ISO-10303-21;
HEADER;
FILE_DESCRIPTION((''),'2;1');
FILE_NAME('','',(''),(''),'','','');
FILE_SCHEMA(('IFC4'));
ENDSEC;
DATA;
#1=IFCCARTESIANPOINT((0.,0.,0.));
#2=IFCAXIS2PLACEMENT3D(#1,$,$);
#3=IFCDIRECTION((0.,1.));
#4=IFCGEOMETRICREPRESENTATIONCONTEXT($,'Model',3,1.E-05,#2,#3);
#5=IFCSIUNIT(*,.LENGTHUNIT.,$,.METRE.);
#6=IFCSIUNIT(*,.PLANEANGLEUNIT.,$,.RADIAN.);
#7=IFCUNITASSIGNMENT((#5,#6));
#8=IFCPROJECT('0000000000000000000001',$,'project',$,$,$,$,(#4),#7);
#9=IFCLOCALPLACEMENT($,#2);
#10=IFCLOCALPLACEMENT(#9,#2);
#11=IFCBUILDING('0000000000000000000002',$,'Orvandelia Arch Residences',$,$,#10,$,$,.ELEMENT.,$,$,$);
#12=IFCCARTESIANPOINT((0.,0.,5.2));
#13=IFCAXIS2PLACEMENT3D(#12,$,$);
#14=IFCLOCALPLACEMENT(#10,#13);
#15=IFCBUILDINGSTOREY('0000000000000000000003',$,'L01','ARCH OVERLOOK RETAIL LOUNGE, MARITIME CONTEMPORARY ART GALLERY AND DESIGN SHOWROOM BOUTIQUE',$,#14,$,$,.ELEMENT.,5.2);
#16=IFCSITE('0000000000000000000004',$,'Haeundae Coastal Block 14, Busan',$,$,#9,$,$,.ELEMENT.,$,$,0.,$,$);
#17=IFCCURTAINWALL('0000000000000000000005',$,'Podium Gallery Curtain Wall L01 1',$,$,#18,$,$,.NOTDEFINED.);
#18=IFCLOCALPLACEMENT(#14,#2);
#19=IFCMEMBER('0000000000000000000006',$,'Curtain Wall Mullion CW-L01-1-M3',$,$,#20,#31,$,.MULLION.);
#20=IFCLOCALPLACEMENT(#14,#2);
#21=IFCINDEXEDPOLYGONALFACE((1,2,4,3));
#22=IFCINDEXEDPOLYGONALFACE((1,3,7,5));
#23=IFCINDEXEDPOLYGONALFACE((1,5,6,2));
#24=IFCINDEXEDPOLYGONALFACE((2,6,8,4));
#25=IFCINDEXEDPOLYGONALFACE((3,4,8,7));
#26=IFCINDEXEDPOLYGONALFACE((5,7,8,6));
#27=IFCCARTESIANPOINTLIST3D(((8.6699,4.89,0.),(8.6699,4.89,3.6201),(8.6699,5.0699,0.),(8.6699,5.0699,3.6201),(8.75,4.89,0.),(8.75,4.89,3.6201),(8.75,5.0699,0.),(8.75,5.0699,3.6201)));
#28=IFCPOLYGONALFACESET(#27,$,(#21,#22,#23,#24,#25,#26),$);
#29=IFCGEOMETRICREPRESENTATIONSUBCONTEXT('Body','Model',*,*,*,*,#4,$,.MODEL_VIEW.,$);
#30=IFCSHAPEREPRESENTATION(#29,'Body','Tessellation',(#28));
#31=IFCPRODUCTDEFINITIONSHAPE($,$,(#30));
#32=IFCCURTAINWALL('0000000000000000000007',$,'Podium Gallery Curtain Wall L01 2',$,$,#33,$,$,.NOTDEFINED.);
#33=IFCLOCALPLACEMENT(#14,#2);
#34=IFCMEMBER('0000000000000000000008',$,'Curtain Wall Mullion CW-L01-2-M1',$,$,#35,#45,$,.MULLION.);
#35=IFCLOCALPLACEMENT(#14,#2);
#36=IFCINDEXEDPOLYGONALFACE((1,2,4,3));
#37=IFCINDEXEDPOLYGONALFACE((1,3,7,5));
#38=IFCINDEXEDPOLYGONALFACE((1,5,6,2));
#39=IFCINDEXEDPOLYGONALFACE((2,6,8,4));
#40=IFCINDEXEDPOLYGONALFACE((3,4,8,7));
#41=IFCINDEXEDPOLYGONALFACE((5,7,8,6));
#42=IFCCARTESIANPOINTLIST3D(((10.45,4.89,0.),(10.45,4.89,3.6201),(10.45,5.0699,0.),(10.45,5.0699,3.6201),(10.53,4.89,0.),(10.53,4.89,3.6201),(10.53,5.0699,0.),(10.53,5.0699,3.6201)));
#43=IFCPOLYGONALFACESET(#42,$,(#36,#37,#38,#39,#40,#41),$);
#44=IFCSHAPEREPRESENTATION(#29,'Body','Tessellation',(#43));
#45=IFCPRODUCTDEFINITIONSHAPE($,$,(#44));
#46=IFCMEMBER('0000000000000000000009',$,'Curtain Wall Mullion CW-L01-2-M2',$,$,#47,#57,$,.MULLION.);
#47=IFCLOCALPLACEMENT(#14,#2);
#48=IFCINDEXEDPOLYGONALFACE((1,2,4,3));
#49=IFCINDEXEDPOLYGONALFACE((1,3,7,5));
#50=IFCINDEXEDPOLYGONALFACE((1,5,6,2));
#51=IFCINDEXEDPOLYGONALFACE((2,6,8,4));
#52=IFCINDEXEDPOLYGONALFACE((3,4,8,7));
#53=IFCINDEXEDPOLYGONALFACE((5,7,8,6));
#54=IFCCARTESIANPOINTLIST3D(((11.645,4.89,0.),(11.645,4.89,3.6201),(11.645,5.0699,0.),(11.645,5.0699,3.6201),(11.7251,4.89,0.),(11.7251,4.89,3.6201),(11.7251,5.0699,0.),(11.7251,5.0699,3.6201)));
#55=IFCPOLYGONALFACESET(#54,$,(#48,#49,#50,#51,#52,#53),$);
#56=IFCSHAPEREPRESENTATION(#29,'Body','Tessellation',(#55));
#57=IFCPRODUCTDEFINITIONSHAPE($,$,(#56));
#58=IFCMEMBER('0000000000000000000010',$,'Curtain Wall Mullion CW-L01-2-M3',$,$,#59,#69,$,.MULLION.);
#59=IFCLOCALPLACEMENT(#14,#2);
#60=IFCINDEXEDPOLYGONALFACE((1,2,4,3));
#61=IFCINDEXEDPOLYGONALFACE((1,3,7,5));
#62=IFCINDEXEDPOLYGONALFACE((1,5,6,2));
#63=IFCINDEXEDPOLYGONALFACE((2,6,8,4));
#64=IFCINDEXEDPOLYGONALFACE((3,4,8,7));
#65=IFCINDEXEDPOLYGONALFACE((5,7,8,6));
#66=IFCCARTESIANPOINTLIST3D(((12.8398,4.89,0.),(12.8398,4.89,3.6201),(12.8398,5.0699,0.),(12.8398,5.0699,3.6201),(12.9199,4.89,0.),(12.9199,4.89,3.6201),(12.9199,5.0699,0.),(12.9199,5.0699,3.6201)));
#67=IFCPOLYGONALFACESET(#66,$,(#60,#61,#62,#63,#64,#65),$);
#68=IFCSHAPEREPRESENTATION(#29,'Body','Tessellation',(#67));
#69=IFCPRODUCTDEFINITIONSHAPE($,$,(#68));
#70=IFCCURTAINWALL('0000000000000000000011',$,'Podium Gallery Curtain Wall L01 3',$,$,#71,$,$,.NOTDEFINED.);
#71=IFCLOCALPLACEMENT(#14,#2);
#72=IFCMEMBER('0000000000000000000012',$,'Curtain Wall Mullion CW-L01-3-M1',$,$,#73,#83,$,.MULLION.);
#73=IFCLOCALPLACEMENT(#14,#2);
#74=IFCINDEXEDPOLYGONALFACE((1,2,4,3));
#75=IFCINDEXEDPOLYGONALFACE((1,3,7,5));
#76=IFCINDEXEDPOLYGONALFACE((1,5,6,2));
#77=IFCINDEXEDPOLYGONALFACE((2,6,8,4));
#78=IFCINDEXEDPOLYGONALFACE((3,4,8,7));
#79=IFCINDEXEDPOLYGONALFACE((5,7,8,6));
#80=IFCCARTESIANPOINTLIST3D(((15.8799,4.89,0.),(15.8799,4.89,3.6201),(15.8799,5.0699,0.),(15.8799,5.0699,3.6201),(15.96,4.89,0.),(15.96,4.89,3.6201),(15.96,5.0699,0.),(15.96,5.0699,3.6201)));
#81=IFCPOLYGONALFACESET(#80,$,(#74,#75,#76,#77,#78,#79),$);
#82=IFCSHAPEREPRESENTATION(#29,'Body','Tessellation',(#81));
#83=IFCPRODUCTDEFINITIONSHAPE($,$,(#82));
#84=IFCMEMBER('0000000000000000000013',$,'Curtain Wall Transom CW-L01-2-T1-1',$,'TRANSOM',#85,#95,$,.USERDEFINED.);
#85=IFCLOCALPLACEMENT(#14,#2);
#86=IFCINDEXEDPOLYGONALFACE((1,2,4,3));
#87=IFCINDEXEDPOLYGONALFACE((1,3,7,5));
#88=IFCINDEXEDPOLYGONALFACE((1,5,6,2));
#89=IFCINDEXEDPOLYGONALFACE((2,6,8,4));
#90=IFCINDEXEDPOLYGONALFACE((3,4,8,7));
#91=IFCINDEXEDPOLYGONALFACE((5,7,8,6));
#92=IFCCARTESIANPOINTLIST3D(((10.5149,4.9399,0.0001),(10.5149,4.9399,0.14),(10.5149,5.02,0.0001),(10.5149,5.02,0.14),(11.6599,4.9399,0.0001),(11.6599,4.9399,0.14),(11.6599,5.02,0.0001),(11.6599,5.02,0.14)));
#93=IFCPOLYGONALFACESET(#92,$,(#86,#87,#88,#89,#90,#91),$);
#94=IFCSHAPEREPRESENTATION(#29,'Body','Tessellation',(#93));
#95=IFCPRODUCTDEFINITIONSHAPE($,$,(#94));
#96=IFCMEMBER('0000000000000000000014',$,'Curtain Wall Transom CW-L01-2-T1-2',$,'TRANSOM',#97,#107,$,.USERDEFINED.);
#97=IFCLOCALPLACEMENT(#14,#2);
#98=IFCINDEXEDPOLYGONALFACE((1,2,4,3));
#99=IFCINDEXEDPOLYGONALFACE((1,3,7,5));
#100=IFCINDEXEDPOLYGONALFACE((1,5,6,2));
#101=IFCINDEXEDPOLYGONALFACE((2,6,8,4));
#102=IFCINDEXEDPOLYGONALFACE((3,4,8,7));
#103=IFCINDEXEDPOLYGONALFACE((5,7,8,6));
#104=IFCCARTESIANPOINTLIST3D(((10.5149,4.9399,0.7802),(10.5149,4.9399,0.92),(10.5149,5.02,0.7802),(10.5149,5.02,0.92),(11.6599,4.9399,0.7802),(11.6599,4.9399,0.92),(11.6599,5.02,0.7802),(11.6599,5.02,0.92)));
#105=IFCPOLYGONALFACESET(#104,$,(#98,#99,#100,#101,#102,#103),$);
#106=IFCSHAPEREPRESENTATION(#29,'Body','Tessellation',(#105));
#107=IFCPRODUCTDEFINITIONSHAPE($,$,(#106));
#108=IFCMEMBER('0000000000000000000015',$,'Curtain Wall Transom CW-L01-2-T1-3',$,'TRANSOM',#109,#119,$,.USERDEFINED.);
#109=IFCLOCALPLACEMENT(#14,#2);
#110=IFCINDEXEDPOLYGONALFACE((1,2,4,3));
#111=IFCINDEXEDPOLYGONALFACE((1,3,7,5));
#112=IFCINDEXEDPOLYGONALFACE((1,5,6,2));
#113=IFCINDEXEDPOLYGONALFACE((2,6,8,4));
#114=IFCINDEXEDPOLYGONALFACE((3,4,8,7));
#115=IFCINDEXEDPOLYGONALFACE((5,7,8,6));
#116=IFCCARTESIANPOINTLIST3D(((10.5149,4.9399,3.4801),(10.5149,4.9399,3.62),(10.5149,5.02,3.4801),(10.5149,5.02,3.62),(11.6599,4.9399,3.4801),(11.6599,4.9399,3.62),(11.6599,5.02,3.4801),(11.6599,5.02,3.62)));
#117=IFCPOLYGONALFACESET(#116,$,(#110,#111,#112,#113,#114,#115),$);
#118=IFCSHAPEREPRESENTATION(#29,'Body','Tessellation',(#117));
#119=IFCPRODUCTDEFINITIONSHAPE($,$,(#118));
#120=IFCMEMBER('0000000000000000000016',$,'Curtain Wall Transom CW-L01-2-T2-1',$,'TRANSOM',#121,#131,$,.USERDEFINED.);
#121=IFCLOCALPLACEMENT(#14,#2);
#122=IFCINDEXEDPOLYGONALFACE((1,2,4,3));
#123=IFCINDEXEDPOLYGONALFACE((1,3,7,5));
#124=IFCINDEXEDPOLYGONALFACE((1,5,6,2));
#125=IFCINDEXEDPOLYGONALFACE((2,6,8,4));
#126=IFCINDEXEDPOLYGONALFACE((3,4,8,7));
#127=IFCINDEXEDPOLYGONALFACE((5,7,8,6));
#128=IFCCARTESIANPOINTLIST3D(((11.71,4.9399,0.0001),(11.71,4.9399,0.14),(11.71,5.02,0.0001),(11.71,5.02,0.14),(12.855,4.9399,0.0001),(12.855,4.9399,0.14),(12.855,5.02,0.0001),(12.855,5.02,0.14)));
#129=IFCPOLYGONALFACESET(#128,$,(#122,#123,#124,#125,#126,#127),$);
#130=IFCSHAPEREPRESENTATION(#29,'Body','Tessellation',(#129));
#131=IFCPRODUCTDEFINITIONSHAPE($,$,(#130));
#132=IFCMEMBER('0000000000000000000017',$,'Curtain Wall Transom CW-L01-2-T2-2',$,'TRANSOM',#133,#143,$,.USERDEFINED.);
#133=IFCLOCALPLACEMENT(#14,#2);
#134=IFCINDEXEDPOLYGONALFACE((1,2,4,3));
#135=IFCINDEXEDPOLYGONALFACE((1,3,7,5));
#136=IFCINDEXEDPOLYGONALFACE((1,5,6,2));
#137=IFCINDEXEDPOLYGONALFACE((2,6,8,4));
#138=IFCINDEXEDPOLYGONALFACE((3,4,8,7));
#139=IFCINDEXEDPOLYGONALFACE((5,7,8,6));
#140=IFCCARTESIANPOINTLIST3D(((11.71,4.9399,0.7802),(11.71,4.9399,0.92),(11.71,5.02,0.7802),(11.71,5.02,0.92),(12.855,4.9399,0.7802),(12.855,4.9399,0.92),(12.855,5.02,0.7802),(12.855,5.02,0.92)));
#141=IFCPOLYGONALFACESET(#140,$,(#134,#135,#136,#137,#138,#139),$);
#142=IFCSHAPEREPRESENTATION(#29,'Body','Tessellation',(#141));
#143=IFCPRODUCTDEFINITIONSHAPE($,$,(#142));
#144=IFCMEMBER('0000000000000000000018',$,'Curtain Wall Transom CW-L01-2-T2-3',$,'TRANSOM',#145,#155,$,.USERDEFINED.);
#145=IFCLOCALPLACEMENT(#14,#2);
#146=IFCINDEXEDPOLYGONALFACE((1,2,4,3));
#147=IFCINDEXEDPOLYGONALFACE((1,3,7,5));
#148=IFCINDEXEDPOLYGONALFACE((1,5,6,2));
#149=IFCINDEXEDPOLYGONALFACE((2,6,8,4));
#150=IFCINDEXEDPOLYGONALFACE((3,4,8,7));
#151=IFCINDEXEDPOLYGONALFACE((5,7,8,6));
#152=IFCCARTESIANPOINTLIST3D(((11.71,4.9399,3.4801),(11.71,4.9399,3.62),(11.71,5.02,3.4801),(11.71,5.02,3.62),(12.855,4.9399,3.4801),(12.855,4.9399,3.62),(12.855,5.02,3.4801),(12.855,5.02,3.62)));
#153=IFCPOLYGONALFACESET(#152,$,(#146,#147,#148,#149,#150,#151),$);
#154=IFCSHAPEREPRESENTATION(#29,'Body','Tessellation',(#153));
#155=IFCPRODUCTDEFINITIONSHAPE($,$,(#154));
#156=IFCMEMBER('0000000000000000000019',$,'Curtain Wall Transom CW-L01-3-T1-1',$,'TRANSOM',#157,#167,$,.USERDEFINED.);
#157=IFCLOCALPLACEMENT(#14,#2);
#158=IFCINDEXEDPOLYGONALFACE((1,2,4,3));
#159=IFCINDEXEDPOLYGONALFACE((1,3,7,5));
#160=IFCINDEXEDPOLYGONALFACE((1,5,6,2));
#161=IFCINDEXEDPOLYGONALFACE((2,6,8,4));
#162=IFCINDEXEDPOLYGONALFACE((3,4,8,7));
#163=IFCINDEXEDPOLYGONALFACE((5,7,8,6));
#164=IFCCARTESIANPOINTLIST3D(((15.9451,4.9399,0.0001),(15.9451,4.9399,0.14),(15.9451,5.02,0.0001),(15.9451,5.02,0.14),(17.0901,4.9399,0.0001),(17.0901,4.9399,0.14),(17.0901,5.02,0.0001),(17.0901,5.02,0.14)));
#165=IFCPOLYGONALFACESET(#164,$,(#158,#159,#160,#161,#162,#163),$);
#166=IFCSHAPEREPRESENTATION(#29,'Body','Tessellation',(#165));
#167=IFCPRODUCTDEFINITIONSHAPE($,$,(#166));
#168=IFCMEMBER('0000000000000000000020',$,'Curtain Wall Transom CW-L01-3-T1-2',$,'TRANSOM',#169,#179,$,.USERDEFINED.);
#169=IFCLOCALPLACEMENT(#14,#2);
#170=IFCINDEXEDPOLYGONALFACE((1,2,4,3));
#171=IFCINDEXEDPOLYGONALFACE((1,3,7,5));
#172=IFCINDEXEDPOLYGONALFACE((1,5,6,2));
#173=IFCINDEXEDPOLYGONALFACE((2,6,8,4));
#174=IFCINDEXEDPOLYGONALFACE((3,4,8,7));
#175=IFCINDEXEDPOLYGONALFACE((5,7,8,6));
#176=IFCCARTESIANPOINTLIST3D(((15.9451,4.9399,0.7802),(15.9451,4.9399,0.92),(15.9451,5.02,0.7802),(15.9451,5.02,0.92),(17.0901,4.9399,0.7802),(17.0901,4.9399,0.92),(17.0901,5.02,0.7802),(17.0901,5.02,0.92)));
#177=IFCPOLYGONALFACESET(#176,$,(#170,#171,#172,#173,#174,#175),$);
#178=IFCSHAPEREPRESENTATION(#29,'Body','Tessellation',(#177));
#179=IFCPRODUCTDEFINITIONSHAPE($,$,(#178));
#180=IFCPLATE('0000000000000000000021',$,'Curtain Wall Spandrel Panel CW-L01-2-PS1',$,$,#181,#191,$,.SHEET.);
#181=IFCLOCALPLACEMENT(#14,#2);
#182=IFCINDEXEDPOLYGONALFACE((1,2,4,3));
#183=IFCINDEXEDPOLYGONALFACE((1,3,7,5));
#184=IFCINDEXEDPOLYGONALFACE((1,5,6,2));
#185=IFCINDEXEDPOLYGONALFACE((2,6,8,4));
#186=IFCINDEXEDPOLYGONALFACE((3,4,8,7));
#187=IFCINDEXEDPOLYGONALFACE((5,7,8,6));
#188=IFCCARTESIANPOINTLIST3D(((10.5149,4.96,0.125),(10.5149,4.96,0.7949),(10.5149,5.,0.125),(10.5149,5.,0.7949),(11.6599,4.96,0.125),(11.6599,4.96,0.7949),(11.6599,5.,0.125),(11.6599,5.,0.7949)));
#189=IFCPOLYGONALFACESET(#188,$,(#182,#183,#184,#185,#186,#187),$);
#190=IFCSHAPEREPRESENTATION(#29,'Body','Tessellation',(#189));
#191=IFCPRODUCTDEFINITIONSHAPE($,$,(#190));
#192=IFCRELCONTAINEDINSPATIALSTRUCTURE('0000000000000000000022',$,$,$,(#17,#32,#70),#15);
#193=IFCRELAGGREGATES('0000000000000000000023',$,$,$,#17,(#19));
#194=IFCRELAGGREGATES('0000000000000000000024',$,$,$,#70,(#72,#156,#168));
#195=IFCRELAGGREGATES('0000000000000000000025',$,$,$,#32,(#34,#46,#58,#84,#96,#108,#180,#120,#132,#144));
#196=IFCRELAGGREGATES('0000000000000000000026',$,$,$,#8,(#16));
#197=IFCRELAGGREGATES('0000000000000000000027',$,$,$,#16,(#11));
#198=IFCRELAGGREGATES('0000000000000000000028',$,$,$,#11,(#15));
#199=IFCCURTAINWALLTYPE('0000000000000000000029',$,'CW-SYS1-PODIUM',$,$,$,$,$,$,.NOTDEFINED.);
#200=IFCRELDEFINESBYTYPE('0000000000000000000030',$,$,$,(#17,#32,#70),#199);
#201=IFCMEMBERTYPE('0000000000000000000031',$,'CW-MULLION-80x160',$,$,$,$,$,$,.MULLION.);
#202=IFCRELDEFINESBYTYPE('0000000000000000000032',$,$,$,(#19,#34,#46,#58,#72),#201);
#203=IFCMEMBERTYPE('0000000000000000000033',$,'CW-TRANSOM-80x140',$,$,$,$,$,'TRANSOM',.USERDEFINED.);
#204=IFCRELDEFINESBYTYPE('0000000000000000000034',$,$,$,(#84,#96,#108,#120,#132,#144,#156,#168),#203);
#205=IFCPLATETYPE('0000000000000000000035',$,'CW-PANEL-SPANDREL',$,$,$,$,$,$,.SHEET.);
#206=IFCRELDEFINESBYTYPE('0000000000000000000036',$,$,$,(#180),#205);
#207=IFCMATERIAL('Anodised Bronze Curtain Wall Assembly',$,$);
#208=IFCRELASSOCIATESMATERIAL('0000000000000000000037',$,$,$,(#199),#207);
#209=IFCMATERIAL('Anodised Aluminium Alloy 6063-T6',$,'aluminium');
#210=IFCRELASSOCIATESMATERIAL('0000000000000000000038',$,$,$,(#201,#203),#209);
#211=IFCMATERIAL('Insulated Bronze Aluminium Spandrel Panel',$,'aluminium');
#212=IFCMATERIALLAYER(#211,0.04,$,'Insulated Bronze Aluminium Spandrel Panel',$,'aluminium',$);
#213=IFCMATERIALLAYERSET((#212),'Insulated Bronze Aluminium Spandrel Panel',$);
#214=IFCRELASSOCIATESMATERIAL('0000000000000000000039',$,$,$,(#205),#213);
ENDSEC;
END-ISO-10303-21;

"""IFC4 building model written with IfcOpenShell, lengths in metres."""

from ifc_helpers import new_model, si_unit, direction, frame, origin, origin_2d, place, context, subcontext, project, spatial, rectangle, extrude, material, layer, layer_set, material_profile, profile_set, type_object, element, aggregate, save


model = new_model("IFC4")

# Units and contexts
model_context = context("Model", 3, precision=1e-05, world=origin(), true_north=direction((0.0, 1.0)))
body_context = subcontext(model_context, "Body", "Model", "MODEL_VIEW")
ifc_project = project(units=[si_unit("LENGTHUNIT", "METRE"), si_unit("PLANEANGLEUNIT", "RADIAN")], contexts=[model_context])

# Site, building, storey
site_placement = place(None, origin())
site = spatial("IfcSite", under=ifc_project, at=site_placement, Name="Haeundae Coastal Block 14, Busan", CompositionType="ELEMENT", RefElevation=0.0)
building_placement = place(site_placement, origin())
building = spatial("IfcBuilding", under=site, at=building_placement, Name="Orvandelia Arch Residences", CompositionType="ELEMENT")
storey_placement = place(building_placement, frame((0.0, 0.0, 5.2)))
storey = spatial("IfcBuildingStorey", under=building, at=storey_placement, Name="L01", Description="ARCH OVERLOOK RETAIL LOUNGE, MARITIME CONTEMPORARY ART GALLERY AND DESIGN SHOWROOM BOUTIQUE", CompositionType="ELEMENT", Elevation=5.2)

# Curtain wall, member
ifc_material_1 = material(Name="Anodised Bronze Curtain Wall Assembly")
curtain_wall_type = type_object("IfcCurtainWallType", Name="CW-SYS1-PODIUM", PredefinedType="NOTDEFINED", material=ifc_material_1)
curtain_wall_1_placement = place(storey_placement, origin())
curtain_wall_1 = element("IfcCurtainWall", 1, at=curtain_wall_1_placement, inside=storey, type_object=curtain_wall_type, Name="Podium Gallery Curtain Wall L01 1", PredefinedType="NOTDEFINED")
ifc_material_2 = material(Name="Anodised Aluminium Alloy 6063-T6", Category="aluminium")
ifc_material_profile_1 = material_profile(ifc_material_2, rectangle(XDim=0.0801, YDim=0.1799, at=origin_2d()), Name="Anodised Aluminium Alloy 6063-T6", Category="aluminium")
ifc_profile_set_1 = profile_set([ifc_material_profile_1], Name="Anodised Aluminium Alloy 6063-T6")
member_type_1 = type_object("IfcMemberType", Name="CW-MULLION-80x160", PredefinedType="MULLION", material=ifc_profile_set_1)
member_1_placement = place(storey_placement, frame((8.71, 4.98, 0.0), z_axis=(0.0, 0.0, 1.0), x_axis=(1.0, 0.0, 0.0)))
member_1 = element("IfcMember", 2, at=member_1_placement, type_object=member_type_1, Name="Curtain Wall Mullion CW-L01-1-M3", PredefinedType="MULLION", context=body_context, shape_type="SweptSolid", body=[
    extrude(rectangle(XDim=0.0801, YDim=0.1799, at=origin_2d()), origin(), (0.0, 0.0, 1.0), 3.6201),
])
aggregate(curtain_wall_1, [member_1])

# Curtain wall, members
curtain_wall_2_placement = place(storey_placement, origin())
curtain_wall_2 = element("IfcCurtainWall", 3, at=curtain_wall_2_placement, inside=storey, type_object=curtain_wall_type, Name="Podium Gallery Curtain Wall L01 2", PredefinedType="NOTDEFINED")
member_2_placement = place(storey_placement, frame((10.49, 4.98, 0.0), z_axis=(0.0, 0.0, 1.0), x_axis=(1.0, 0.0, 0.0)))
member_2 = element("IfcMember", 4, at=member_2_placement, type_object=member_type_1, Name="Curtain Wall Mullion CW-L01-2-M1", PredefinedType="MULLION", context=body_context, shape_type="SweptSolid", body=[
    extrude(rectangle(XDim=0.0801, YDim=0.1799, at=origin_2d()), origin(), (0.0, 0.0, 1.0), 3.6201),
])
member_3_placement = place(storey_placement, frame((11.6851, 4.98, 0.0), z_axis=(0.0, 0.0, 1.0), x_axis=(1.0, 0.0, 0.0)))
member_3 = element("IfcMember", 5, at=member_3_placement, type_object=member_type_1, Name="Curtain Wall Mullion CW-L01-2-M2", PredefinedType="MULLION", context=body_context, shape_type="SweptSolid", body=[
    extrude(rectangle(XDim=0.0801, YDim=0.1799, at=origin_2d()), origin(), (0.0, 0.0, 1.0), 3.6201),
])
member_4_placement = place(storey_placement, frame((12.8799, 4.98, 0.0), z_axis=(0.0, 0.0, 1.0), x_axis=(1.0, 0.0, 0.0)))
member_4 = element("IfcMember", 6, at=member_4_placement, type_object=member_type_1, Name="Curtain Wall Mullion CW-L01-2-M3", PredefinedType="MULLION", context=body_context, shape_type="SweptSolid", body=[
    extrude(rectangle(XDim=0.0801, YDim=0.1799, at=origin_2d()), origin(), (0.0, 0.0, 1.0), 3.6201),
])

# Curtain wall, member
curtain_wall_3_placement = place(storey_placement, origin())
curtain_wall_3 = element("IfcCurtainWall", 7, at=curtain_wall_3_placement, inside=storey, type_object=curtain_wall_type, Name="Podium Gallery Curtain Wall L01 3", PredefinedType="NOTDEFINED")
member_5_placement = place(storey_placement, frame((15.9199, 4.98, 0.0), z_axis=(0.0, 0.0, 1.0), x_axis=(1.0, 0.0, 0.0)))
member_5 = element("IfcMember", 8, at=member_5_placement, type_object=member_type_1, Name="Curtain Wall Mullion CW-L01-3-M1", PredefinedType="MULLION", context=body_context, shape_type="SweptSolid", body=[
    extrude(rectangle(XDim=0.0801, YDim=0.1799, at=origin_2d()), origin(), (0.0, 0.0, 1.0), 3.6201),
])

# Members
ifc_material_profile_2 = material_profile(ifc_material_2, rectangle(XDim=0.0801, YDim=0.1399, at=origin_2d()), Name="Anodised Aluminium Alloy 6063-T6", Category="aluminium")
ifc_profile_set_2 = profile_set([ifc_material_profile_2], Name="Anodised Aluminium Alloy 6063-T6")
member_type_2 = type_object("IfcMemberType", Name="CW-TRANSOM-80x140", ElementType="TRANSOM", PredefinedType="USERDEFINED", material=ifc_profile_set_2)
member_6_placement = place(storey_placement, frame((10.5149, 4.98, 0.0701), z_axis=(1.0, 0.0, 0.0), x_axis=(0.0, 1.0, 0.0)))
member_6 = element("IfcMember", 9, at=member_6_placement, type_object=member_type_2, Name="Curtain Wall Transom CW-L01-2-T1-1", ObjectType="TRANSOM", PredefinedType="USERDEFINED", context=body_context, shape_type="SweptSolid", body=[
    extrude(rectangle(XDim=0.0801, YDim=0.1399, at=origin_2d()), origin(), (0.0, 0.0, 1.0), 1.145),
])
member_7_placement = place(storey_placement, frame((10.5149, 4.98, 0.8501), z_axis=(1.0, 0.0, 0.0), x_axis=(0.0, 1.0, 0.0)))
member_7 = element("IfcMember", 10, at=member_7_placement, type_object=member_type_2, Name="Curtain Wall Transom CW-L01-2-T1-2", ObjectType="TRANSOM", PredefinedType="USERDEFINED", context=body_context, shape_type="SweptSolid", body=[
    extrude(rectangle(XDim=0.0801, YDim=0.1399, at=origin_2d()), origin(), (0.0, 0.0, 1.0), 1.145),
])
member_8_placement = place(storey_placement, frame((10.5149, 4.98, 3.55), z_axis=(1.0, 0.0, 0.0), x_axis=(0.0, 1.0, 0.0)))
member_8 = element("IfcMember", 11, at=member_8_placement, type_object=member_type_2, Name="Curtain Wall Transom CW-L01-2-T1-3", ObjectType="TRANSOM", PredefinedType="USERDEFINED", context=body_context, shape_type="SweptSolid", body=[
    extrude(rectangle(XDim=0.0801, YDim=0.1399, at=origin_2d()), origin(), (0.0, 0.0, 1.0), 1.145),
])
member_9_placement = place(storey_placement, frame((11.71, 4.98, 0.0701), z_axis=(1.0, 0.0, 0.0), x_axis=(0.0, 1.0, 0.0)))
member_9 = element("IfcMember", 12, at=member_9_placement, type_object=member_type_2, Name="Curtain Wall Transom CW-L01-2-T2-1", ObjectType="TRANSOM", PredefinedType="USERDEFINED", context=body_context, shape_type="SweptSolid", body=[
    extrude(rectangle(XDim=0.0801, YDim=0.1399, at=origin_2d()), origin(), (0.0, 0.0, 1.0), 1.145),
])
member_10_placement = place(storey_placement, frame((11.71, 4.98, 0.8501), z_axis=(1.0, 0.0, 0.0), x_axis=(0.0, 1.0, 0.0)))
member_10 = element("IfcMember", 13, at=member_10_placement, type_object=member_type_2, Name="Curtain Wall Transom CW-L01-2-T2-2", ObjectType="TRANSOM", PredefinedType="USERDEFINED", context=body_context, shape_type="SweptSolid", body=[
    extrude(rectangle(XDim=0.0801, YDim=0.1399, at=origin_2d()), origin(), (0.0, 0.0, 1.0), 1.145),
])
member_11_placement = place(storey_placement, frame((11.71, 4.98, 3.55), z_axis=(1.0, 0.0, 0.0), x_axis=(0.0, 1.0, 0.0)))
member_11 = element("IfcMember", 14, at=member_11_placement, type_object=member_type_2, Name="Curtain Wall Transom CW-L01-2-T2-3", ObjectType="TRANSOM", PredefinedType="USERDEFINED", context=body_context, shape_type="SweptSolid", body=[
    extrude(rectangle(XDim=0.0801, YDim=0.1399, at=origin_2d()), origin(), (0.0, 0.0, 1.0), 1.145),
])
member_12_placement = place(storey_placement, frame((15.9451, 4.98, 0.0701), z_axis=(1.0, 0.0, 0.0), x_axis=(0.0, 1.0, 0.0)))
member_12 = element("IfcMember", 15, at=member_12_placement, type_object=member_type_2, Name="Curtain Wall Transom CW-L01-3-T1-1", ObjectType="TRANSOM", PredefinedType="USERDEFINED", context=body_context, shape_type="SweptSolid", body=[
    extrude(rectangle(XDim=0.0801, YDim=0.1399, at=origin_2d()), origin(), (0.0, 0.0, 1.0), 1.145),
])
member_13_placement = place(storey_placement, frame((15.9451, 4.98, 0.8501), z_axis=(1.0, 0.0, 0.0), x_axis=(0.0, 1.0, 0.0)))
member_13 = element("IfcMember", 16, at=member_13_placement, type_object=member_type_2, Name="Curtain Wall Transom CW-L01-3-T1-2", ObjectType="TRANSOM", PredefinedType="USERDEFINED", context=body_context, shape_type="SweptSolid", body=[
    extrude(rectangle(XDim=0.0801, YDim=0.1399, at=origin_2d()), origin(), (0.0, 0.0, 1.0), 1.145),
])
aggregate(curtain_wall_3, [member_5, member_12, member_13])

# Plate
ifc_material_3 = material(Name="Insulated Bronze Aluminium Spandrel Panel", Category="aluminium")
ifc_layer_1 = layer(ifc_material_3, 0.04, Name="Insulated Bronze Aluminium Spandrel Panel", Category="aluminium")
ifc_layer_set_1 = layer_set([ifc_layer_1], Name="Insulated Bronze Aluminium Spandrel Panel")
plate_type_1 = type_object("IfcPlateType", Name="CW-PANEL-SPANDREL", PredefinedType="SHEET", material=ifc_layer_set_1)
plate_1_placement = place(storey_placement, frame((11.0874, 4.98, 0.125), z_axis=(0.0, 0.0, 1.0), x_axis=(1.0, 0.0, 0.0)))
plate_1 = element("IfcPlate", 17, at=plate_1_placement, type_object=plate_type_1, Name="Curtain Wall Spandrel Panel CW-L01-2-PS1", PredefinedType="SHEET", context=body_context, shape_type="SweptSolid", body=[
    extrude(rectangle(XDim=1.145, YDim=0.04, at=origin_2d()), origin(), (0.0, 0.0, 1.0), 0.6699),
])
aggregate(curtain_wall_2, [member_2, member_3, member_4, member_6, member_7, member_8, plate_1, member_9, member_10, member_11])

save(model, "model.ifc")
